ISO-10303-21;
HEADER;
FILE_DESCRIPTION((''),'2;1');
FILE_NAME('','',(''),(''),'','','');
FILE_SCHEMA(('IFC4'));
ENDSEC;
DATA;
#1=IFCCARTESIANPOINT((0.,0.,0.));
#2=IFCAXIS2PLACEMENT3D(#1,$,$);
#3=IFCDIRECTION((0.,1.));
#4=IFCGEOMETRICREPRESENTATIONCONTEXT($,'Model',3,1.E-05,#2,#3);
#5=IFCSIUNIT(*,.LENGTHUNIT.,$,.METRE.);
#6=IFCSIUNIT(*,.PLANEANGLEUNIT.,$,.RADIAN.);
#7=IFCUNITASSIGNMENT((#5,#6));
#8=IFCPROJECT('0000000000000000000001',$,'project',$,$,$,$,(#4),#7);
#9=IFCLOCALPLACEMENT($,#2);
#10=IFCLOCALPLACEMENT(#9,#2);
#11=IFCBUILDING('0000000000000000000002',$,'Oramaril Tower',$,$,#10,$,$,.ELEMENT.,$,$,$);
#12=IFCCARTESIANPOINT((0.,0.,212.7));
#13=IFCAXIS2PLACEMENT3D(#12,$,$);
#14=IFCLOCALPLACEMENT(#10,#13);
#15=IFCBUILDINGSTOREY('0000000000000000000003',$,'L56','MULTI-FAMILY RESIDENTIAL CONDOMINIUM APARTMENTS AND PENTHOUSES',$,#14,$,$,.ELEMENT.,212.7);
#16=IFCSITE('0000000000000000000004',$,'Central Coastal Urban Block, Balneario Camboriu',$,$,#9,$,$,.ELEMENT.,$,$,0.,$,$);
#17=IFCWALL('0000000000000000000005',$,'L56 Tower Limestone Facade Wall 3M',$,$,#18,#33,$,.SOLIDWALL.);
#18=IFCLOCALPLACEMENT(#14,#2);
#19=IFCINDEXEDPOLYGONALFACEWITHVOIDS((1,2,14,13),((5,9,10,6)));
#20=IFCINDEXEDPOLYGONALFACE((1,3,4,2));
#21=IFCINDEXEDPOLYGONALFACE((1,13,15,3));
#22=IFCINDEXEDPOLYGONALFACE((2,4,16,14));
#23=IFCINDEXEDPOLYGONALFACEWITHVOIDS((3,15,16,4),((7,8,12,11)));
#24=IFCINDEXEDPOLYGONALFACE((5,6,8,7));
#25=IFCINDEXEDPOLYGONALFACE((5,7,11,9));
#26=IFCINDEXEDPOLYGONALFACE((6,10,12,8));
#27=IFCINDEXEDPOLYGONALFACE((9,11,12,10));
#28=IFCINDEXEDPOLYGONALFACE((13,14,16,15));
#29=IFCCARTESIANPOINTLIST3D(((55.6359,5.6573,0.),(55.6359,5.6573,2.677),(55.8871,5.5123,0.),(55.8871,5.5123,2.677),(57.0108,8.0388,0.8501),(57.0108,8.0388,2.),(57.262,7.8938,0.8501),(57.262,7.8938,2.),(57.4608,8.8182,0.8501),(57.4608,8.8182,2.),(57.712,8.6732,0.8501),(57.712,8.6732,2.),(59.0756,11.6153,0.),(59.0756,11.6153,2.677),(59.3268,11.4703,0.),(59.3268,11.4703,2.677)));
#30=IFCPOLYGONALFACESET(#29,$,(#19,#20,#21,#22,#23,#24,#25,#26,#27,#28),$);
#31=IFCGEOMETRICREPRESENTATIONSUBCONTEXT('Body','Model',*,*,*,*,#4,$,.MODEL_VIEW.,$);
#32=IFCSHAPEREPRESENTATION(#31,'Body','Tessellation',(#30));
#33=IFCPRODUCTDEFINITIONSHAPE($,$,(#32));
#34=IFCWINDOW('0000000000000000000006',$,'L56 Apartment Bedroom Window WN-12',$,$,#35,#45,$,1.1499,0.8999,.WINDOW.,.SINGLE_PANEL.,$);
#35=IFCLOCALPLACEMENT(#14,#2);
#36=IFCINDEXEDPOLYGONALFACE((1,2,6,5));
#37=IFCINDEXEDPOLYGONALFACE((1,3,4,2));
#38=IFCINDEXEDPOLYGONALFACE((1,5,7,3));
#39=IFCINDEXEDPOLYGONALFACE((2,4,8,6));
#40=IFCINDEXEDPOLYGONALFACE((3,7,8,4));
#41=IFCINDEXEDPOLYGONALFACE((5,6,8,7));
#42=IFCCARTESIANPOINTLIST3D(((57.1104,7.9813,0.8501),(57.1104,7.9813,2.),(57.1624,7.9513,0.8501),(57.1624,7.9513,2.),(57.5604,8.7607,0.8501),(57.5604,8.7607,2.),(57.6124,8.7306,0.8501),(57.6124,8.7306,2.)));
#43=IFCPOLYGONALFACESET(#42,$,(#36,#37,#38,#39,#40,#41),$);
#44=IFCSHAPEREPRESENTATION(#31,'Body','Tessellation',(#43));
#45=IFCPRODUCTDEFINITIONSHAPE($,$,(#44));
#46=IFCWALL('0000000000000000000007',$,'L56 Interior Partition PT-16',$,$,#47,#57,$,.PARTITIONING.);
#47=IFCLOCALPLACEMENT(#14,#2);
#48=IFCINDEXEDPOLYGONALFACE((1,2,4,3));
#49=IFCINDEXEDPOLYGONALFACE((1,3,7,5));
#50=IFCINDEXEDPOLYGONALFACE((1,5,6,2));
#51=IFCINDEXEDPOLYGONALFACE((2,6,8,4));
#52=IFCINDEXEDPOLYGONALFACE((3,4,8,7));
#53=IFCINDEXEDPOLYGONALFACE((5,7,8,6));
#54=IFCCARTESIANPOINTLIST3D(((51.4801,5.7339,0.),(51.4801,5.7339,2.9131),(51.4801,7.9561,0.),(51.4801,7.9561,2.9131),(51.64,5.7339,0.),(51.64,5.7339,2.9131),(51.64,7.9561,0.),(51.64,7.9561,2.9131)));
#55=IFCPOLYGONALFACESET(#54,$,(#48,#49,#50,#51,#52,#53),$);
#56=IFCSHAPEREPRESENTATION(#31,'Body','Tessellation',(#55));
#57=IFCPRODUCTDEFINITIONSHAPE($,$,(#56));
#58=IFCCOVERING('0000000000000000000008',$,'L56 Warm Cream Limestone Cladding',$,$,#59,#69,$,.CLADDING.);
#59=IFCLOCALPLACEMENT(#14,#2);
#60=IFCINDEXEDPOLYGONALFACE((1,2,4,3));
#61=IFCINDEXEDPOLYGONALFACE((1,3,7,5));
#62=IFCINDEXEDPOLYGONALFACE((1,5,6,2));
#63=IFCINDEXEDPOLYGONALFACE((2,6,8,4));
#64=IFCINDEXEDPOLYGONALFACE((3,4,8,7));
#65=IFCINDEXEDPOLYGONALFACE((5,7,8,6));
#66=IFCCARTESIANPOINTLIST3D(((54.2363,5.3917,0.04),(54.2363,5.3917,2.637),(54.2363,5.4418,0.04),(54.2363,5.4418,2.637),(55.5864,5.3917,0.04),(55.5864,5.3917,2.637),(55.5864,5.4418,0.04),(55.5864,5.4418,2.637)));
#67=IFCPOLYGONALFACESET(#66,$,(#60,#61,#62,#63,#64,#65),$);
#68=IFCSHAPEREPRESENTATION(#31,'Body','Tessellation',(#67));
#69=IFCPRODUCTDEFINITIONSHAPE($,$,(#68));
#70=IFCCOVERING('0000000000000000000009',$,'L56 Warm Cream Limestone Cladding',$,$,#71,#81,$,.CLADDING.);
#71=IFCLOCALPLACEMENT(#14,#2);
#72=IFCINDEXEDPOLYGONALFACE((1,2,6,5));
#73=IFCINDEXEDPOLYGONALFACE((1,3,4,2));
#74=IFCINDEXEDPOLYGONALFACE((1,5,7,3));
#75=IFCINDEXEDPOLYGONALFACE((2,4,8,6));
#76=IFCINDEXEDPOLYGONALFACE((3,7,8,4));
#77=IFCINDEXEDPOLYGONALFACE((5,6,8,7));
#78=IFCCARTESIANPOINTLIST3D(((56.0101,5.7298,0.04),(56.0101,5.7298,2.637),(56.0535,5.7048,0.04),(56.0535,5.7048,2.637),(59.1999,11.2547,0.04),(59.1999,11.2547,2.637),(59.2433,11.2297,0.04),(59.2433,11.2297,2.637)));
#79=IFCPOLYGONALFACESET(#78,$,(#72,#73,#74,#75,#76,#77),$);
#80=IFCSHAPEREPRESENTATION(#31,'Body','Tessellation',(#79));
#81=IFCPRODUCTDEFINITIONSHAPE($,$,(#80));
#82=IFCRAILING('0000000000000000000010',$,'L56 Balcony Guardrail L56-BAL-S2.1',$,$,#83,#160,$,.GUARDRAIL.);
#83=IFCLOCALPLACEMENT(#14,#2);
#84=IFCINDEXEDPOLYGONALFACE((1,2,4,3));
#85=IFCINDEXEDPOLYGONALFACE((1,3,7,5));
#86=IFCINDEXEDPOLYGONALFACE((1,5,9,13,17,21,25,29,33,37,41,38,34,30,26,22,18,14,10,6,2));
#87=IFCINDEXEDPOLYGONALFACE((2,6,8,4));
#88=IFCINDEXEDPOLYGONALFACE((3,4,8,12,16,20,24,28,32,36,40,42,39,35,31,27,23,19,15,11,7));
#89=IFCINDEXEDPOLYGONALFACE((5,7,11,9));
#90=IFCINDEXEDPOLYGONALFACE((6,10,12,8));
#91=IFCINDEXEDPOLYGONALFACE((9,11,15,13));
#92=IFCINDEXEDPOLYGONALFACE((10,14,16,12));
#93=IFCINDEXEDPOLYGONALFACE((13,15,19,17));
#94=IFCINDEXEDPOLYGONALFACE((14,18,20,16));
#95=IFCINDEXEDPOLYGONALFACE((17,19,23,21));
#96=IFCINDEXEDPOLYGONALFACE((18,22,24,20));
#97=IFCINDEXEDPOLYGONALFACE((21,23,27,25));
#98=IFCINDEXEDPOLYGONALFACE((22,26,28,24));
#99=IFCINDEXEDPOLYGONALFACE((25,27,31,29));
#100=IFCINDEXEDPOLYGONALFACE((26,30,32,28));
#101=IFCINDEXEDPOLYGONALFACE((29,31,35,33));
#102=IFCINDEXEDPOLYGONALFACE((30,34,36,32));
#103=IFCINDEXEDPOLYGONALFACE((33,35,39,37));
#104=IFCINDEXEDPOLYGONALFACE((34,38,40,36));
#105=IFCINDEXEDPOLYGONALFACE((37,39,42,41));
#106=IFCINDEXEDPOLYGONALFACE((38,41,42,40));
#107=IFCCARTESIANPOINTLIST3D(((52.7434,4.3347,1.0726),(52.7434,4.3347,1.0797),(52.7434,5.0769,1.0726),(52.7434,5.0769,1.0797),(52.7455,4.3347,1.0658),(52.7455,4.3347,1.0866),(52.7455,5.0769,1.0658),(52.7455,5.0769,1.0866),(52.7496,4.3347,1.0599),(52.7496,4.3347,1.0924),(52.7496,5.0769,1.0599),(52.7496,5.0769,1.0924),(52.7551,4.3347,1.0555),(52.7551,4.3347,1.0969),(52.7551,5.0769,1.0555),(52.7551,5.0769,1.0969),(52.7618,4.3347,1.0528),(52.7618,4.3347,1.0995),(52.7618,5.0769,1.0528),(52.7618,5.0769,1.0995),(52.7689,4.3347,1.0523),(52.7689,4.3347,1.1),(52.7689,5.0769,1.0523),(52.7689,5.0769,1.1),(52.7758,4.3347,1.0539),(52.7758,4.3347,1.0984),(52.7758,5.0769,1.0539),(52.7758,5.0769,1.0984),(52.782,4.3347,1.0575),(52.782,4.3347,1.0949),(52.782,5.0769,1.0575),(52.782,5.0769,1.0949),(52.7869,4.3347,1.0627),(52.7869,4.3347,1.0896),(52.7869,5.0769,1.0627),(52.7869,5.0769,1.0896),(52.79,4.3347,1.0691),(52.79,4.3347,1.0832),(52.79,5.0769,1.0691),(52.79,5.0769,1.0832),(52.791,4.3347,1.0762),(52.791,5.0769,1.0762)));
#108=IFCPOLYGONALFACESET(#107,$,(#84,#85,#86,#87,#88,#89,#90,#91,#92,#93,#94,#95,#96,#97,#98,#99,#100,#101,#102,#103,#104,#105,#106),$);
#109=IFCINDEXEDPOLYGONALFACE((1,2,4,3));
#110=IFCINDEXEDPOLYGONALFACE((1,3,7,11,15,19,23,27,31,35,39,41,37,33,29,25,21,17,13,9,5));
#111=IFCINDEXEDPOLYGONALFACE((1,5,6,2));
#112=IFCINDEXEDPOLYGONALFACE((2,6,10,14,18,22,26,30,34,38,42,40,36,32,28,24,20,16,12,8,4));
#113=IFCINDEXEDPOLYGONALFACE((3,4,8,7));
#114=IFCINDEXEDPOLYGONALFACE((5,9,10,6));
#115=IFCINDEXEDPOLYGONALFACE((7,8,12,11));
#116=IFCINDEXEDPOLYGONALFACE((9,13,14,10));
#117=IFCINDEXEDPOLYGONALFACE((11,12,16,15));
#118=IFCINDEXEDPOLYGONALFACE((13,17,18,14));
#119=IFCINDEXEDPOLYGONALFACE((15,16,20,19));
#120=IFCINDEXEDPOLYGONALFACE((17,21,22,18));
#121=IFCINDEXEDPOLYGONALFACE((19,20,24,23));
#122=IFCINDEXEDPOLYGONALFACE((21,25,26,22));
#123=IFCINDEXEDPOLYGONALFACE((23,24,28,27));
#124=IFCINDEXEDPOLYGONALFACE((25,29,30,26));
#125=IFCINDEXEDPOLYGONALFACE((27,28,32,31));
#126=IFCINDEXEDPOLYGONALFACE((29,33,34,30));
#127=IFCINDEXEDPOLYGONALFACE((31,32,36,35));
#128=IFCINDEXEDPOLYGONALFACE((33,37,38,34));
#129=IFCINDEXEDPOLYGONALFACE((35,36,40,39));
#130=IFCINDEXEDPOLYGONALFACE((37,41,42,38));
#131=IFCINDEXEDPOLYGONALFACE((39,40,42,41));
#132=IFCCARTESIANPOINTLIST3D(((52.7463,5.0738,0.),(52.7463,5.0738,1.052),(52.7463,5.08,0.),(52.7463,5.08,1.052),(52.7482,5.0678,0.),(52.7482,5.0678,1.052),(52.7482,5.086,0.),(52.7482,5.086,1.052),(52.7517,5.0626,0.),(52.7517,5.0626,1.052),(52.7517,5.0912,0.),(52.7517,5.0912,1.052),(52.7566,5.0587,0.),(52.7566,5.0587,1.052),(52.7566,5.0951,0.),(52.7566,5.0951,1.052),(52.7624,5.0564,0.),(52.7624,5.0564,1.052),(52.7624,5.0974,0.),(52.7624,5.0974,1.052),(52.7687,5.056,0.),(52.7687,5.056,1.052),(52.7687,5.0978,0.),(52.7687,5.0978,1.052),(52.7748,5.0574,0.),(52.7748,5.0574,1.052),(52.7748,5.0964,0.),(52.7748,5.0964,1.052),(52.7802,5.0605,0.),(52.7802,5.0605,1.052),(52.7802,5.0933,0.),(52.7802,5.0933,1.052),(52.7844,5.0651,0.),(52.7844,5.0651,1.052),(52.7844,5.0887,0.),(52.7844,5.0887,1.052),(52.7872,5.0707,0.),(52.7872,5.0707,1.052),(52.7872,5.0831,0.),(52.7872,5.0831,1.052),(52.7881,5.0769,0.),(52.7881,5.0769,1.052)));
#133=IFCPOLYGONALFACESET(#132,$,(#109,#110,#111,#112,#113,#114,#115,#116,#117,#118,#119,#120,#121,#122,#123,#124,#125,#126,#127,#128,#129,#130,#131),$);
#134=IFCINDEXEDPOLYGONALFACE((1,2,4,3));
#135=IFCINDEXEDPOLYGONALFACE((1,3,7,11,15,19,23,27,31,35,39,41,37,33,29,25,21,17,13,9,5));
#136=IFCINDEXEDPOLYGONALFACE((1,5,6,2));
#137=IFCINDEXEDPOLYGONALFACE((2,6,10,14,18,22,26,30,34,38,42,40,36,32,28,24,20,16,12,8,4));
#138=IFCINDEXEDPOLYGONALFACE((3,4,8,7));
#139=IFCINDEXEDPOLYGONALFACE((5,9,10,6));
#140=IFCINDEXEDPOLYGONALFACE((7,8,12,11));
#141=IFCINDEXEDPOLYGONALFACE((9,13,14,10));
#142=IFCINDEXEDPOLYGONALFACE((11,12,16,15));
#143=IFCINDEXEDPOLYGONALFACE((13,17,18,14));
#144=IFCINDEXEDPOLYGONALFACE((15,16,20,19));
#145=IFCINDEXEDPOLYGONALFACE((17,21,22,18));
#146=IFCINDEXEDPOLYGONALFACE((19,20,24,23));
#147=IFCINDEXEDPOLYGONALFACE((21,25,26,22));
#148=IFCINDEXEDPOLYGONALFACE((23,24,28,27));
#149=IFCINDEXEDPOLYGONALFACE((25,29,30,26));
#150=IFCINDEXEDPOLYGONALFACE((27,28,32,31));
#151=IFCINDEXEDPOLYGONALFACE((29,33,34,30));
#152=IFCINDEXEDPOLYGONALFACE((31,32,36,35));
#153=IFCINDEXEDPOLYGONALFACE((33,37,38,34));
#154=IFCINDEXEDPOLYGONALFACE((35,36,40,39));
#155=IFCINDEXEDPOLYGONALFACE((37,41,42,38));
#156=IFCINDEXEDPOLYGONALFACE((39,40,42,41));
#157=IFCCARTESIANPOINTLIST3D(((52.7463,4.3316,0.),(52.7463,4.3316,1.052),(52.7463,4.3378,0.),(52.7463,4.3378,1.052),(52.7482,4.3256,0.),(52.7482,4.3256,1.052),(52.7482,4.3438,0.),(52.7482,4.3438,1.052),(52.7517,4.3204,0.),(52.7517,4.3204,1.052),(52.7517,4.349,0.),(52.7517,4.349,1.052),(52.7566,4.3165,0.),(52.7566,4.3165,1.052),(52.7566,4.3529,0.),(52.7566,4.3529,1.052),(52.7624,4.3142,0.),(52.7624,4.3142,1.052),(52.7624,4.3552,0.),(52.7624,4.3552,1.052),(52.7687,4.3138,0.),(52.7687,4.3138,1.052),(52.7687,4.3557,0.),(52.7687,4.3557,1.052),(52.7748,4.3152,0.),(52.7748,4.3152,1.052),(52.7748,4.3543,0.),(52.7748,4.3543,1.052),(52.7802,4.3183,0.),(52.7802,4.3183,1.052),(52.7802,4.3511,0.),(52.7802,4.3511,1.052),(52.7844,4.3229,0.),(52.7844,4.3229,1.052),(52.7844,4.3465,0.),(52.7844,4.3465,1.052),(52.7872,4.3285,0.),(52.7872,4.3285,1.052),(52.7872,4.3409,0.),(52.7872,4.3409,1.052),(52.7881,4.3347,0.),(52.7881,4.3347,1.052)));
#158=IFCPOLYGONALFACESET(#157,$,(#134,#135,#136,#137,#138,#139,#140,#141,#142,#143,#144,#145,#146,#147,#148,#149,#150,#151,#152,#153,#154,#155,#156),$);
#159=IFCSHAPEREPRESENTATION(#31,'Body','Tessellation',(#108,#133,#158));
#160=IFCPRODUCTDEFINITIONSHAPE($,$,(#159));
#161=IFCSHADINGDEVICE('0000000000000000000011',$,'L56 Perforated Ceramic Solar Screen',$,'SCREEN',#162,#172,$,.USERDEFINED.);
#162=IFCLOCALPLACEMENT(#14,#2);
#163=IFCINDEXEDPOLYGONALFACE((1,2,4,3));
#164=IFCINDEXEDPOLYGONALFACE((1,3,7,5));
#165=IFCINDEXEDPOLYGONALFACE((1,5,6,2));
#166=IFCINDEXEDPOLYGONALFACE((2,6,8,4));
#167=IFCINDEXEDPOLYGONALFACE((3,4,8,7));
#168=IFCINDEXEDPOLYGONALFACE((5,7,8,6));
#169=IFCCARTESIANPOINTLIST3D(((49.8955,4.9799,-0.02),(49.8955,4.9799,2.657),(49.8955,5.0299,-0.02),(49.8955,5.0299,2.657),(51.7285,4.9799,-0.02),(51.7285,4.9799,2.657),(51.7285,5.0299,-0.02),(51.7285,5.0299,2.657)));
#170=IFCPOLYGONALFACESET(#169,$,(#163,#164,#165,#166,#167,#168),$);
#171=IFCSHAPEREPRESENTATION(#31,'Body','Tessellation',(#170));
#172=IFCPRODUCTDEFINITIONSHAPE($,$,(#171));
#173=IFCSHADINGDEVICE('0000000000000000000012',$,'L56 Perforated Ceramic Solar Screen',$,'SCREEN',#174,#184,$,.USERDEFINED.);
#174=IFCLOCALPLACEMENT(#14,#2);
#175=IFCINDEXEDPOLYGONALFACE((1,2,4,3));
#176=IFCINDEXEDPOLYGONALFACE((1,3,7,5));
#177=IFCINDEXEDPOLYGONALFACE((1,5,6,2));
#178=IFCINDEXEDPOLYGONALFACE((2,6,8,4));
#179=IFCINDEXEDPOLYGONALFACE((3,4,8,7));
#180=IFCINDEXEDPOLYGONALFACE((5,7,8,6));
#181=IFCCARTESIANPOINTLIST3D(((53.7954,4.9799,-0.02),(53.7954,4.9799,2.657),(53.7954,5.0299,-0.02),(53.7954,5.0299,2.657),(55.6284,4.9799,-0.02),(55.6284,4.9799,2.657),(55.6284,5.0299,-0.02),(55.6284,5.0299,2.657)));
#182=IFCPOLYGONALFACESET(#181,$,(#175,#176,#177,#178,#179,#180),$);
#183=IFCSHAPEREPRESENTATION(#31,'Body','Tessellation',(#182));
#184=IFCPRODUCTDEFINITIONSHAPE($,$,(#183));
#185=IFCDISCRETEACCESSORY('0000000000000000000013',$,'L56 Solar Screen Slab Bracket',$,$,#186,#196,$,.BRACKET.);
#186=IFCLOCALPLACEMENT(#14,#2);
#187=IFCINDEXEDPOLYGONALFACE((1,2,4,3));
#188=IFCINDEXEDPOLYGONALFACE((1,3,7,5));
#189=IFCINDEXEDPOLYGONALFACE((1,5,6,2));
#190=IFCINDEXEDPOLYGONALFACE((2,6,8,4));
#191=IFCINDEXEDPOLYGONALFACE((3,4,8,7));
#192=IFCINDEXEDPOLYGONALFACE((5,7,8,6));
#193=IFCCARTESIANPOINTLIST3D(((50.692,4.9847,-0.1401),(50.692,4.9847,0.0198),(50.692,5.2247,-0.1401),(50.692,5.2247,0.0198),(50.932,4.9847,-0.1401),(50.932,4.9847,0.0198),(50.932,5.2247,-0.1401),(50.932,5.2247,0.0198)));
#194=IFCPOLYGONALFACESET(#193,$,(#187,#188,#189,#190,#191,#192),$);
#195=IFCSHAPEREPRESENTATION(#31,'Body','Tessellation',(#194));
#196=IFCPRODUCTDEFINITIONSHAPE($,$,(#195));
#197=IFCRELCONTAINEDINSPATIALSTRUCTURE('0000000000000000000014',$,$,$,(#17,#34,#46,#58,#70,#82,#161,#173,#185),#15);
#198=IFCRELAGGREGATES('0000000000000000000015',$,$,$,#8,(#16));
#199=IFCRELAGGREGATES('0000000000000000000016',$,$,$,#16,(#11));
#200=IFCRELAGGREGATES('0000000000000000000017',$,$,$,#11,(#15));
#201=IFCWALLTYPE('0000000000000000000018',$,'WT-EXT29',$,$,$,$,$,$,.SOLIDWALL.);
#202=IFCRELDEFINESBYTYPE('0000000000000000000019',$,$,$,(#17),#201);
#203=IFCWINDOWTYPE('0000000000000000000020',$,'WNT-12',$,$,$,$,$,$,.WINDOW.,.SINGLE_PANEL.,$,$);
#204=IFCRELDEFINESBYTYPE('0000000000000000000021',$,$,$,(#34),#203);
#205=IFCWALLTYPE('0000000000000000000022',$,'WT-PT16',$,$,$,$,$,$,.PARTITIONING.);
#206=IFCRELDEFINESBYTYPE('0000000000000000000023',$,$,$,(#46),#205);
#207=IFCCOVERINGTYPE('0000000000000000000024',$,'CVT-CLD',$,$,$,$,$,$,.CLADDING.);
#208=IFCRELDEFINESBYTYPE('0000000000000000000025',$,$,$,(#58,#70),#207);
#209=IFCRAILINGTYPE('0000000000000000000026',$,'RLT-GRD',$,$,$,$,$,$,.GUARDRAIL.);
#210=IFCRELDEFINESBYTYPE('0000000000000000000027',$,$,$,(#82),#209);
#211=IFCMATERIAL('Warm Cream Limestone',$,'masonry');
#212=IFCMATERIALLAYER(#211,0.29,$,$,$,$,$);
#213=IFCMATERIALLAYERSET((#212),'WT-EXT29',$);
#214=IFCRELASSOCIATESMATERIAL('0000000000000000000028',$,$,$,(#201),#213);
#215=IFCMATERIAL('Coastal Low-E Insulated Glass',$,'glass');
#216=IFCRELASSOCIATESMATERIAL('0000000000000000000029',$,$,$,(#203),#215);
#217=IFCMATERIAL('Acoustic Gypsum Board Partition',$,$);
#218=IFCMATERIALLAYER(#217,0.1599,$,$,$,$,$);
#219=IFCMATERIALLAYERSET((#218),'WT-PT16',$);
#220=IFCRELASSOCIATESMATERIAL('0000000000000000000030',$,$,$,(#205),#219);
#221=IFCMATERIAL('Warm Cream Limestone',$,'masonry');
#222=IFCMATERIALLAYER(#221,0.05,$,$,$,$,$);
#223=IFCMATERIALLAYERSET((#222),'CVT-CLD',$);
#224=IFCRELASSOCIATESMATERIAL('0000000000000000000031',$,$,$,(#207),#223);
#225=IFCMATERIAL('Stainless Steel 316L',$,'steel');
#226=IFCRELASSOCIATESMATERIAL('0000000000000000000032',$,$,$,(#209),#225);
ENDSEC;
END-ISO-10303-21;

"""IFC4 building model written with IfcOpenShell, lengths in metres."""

from ifc_helpers import new_model, si_unit, direction, frame, frame_2d, origin, origin_2d, place, context, subcontext, project, spatial, rectangle, circle, extrude, material, layer, layer_set, type_object, element, fill, save


model = new_model("IFC4")

# Units and contexts
model_context = context("Model", 3, precision=1e-05, world=origin(), true_north=direction((0.0, 1.0)))
body_context = subcontext(model_context, "Body", "Model", "MODEL_VIEW")
ifc_project = project(units=[si_unit("LENGTHUNIT", "METRE"), si_unit("PLANEANGLEUNIT", "RADIAN")], contexts=[model_context])

# Site, building, storey
site_placement = place(None, origin())
site = spatial("IfcSite", under=ifc_project, at=site_placement, Name="Central Coastal Urban Block, Balneario Camboriu", CompositionType="ELEMENT", RefElevation=0.0)
building_placement = place(site_placement, origin())
building = spatial("IfcBuilding", under=site, at=building_placement, Name="Oramaril Tower", CompositionType="ELEMENT")
storey_placement = place(building_placement, frame((0.0, 0.0, 212.7)))
storey = spatial("IfcBuildingStorey", under=building, at=storey_placement, Name="L56", Description="MULTI-FAMILY RESIDENTIAL CONDOMINIUM APARTMENTS AND PENTHOUSES", CompositionType="ELEMENT", Elevation=212.7)

# Wall, opening, window
ifc_material_1 = material(Name="Warm Cream Limestone", Category="masonry")
ifc_layer_1 = layer(ifc_material_1, 0.29)
ifc_layer_set_1 = layer_set([ifc_layer_1], Name="WT-EXT29")
wall_type_1 = type_object("IfcWallType", Name="WT-EXT29", PredefinedType="SOLIDWALL", material=ifc_layer_set_1)
wall_1_placement = place(storey_placement, frame((55.7615, 5.5847, 0.0), z_axis=(0.0, 0.0, 1.0), x_axis=(0.499983, 0.866035, 0.0)))
wall_1 = element("IfcWall", 1, at=wall_1_placement, inside=storey, type_object=wall_type_1, Name="L56 Tower Limestone Facade Wall 3M", PredefinedType="SOLIDWALL", context=body_context, shape_type="SweptSolid", body=[
    extrude(rectangle(XDim=6.8796, YDim=0.29, at=frame_2d((3.4399, 0.0))), origin(), (0.0, 0.0, 1.0), 2.677),
])
opening_placement = place(wall_1_placement, frame((2.75, 0.0, 0.8501)))
opening = element("IfcOpeningElement", 2, at=opening_placement, cuts=wall_1, PredefinedType="OPENING", context=body_context, shape_type="SweptSolid", body=[
    extrude(rectangle(XDim=0.8999, YDim=1.1499, at=frame_2d((0.45, 0.575))), frame((0.0, 0.145, 0.0), z_axis=(0.0, -1.0, 0.0), x_axis=(1.0, 0.0, 0.0)), (0.0, 0.0, 1.0), 0.29),
])
ifc_material_2 = material(Name="Coastal Low-E Insulated Glass", Category="glass")
window_type = type_object("IfcWindowType", Name="WNT-12", PartitioningType="SINGLE_PANEL", PredefinedType="WINDOW", material=ifc_material_2)
window_placement = place(opening_placement, origin())
window = element("IfcWindow", 3, at=window_placement, inside=storey, type_object=window_type, Name="L56 Apartment Bedroom Window WN-12", OverallHeight=1.1499, OverallWidth=0.8999, PartitioningType="SINGLE_PANEL", PredefinedType="WINDOW", context=body_context, shape_type="SweptSolid", body=[
    extrude(rectangle(XDim=0.8999, YDim=1.1499, at=frame_2d((0.45, 0.575))), frame((0.0, 0.03, 0.0), z_axis=(0.0, -1.0, 0.0), x_axis=(1.0, 0.0, 0.0)), (0.0, 0.0, 1.0), 0.0601),
])
fill(opening, window)

# Wall
ifc_material_3 = material(Name="Acoustic Gypsum Board Partition")
ifc_layer_2 = layer(ifc_material_3, 0.1599)
ifc_layer_set_2 = layer_set([ifc_layer_2], Name="WT-PT16")
wall_type_2 = type_object("IfcWallType", Name="WT-PT16", PredefinedType="PARTITIONING", material=ifc_layer_set_2)
wall_2_placement = place(storey_placement, frame((51.5601, 5.7339, 0.0), z_axis=(0.0, 0.0, 1.0), x_axis=(0.0, 1.0, 0.0)))
element("IfcWall", 4, at=wall_2_placement, inside=storey, type_object=wall_type_2, Name="L56 Interior Partition PT-16", PredefinedType="PARTITIONING", context=body_context, shape_type="SweptSolid", body=[
    extrude(rectangle(XDim=2.2222, YDim=0.1599, at=frame_2d((1.1111, 0.0))), origin(), (0.0, 0.0, 1.0), 2.9131),
])

# Coverings
ifc_material_4 = material(Name="Warm Cream Limestone", Category="masonry")
ifc_layer_3 = layer(ifc_material_4, 0.05)
ifc_layer_set_3 = layer_set([ifc_layer_3], Name="CVT-CLD")
covering_type = type_object("IfcCoveringType", Name="CVT-CLD", PredefinedType="CLADDING", material=ifc_layer_set_3)
covering_1_placement = place(storey_placement, frame((54.9114, 5.4167, 0.04), z_axis=(0.0, 0.0, 1.0), x_axis=(1.0, 0.0, 0.0)))
element("IfcCovering", 5, at=covering_1_placement, inside=storey, type_object=covering_type, Name="L56 Warm Cream Limestone Cladding", PredefinedType="CLADDING", context=body_context, shape_type="SweptSolid", body=[
    extrude(rectangle(XDim=1.3501, YDim=0.05, at=origin_2d()), origin(), (0.0, 0.0, 1.0), 2.5969),
])
covering_2_placement = place(storey_placement, frame((57.6267, 8.4797, 0.04), z_axis=(0.0, 0.0, 1.0), x_axis=(0.5, 0.866025, 0.0)))
element("IfcCovering", 6, at=covering_2_placement, inside=storey, type_object=covering_type, Name="L56 Warm Cream Limestone Cladding", PredefinedType="CLADDING", context=body_context, shape_type="SweptSolid", body=[
    extrude(rectangle(XDim=6.3796, YDim=0.05, at=origin_2d()), origin(), (0.0, 0.0, 1.0), 2.5969),
])

# Railing
ifc_material_5 = material(Name="Stainless Steel 316L", Category="steel")
railing_type = type_object("IfcRailingType", Name="RLT-GRD", PredefinedType="GUARDRAIL", material=ifc_material_5)
railing_1_placement = place(storey_placement, frame((52.7671, 5.0769, 0.0)))
element("IfcRailing", 7, at=railing_1_placement, inside=storey, type_object=railing_type, Name="L56 Balcony Guardrail L56-BAL-S2.1", PredefinedType="GUARDRAIL", context=body_context, shape_type="SweptSolid", body=[
    extrude(circle(Radius=0.0239, at=origin_2d()), frame((0.0, 0.0, 1.0762), z_axis=(0.0, -1.0, 0.0), x_axis=(1.0, 0.0, 0.0)), (0.0, 0.0, 1.0), 0.7422),
    extrude(circle(Radius=0.021, at=origin_2d()), origin(), (0.0, 0.0, 1.0), 1.052),
    extrude(circle(Radius=0.021, at=origin_2d()), frame((0.0, -0.7422, 0.0)), (0.0, 0.0, 1.0), 1.052),
])

# Shading devices
for number, where, z_axis, x_axis, name in (
    (8, (50.812, 5.0049, -0.02), (0.0, 0.0, 1.0), (1.0, 0.0, 0.0), "L56 Perforated Ceramic Solar Screen"),
    (9, (54.7119, 5.0049, -0.02), (0.0, 0.0, 1.0), (1.0, 0.0, 0.0), "L56 Perforated Ceramic Solar Screen"),
):
    element("IfcShadingDevice", number, at=place(storey_placement, frame(where, z_axis=z_axis, x_axis=x_axis)), inside=storey, Name=name, ObjectType="SCREEN", PredefinedType="USERDEFINED", context=body_context, shape_type="SweptSolid", body=[
        extrude(rectangle(XDim=1.833, YDim=0.05, at=origin_2d()), origin(), (0.0, 0.0, 1.0), 2.677),
    ])

# Discrete accessory
for number, where, z_axis, x_axis, name in (
    (10, (50.812, 5.1047, -0.1401), (0.0, 0.0, 1.0), (1.0, 0.0, 0.0), "L56 Solar Screen Slab Bracket"),
):
    element("IfcDiscreteAccessory", number, at=place(storey_placement, frame(where, z_axis=z_axis, x_axis=x_axis)), inside=storey, Name=name, PredefinedType="BRACKET", context=body_context, shape_type="SweptSolid", body=[
        extrude(rectangle(XDim=0.24, YDim=0.24, at=origin_2d()), origin(), (0.0, 0.0, 1.0), 0.1599),
    ])

save(model, "model.ifc")
